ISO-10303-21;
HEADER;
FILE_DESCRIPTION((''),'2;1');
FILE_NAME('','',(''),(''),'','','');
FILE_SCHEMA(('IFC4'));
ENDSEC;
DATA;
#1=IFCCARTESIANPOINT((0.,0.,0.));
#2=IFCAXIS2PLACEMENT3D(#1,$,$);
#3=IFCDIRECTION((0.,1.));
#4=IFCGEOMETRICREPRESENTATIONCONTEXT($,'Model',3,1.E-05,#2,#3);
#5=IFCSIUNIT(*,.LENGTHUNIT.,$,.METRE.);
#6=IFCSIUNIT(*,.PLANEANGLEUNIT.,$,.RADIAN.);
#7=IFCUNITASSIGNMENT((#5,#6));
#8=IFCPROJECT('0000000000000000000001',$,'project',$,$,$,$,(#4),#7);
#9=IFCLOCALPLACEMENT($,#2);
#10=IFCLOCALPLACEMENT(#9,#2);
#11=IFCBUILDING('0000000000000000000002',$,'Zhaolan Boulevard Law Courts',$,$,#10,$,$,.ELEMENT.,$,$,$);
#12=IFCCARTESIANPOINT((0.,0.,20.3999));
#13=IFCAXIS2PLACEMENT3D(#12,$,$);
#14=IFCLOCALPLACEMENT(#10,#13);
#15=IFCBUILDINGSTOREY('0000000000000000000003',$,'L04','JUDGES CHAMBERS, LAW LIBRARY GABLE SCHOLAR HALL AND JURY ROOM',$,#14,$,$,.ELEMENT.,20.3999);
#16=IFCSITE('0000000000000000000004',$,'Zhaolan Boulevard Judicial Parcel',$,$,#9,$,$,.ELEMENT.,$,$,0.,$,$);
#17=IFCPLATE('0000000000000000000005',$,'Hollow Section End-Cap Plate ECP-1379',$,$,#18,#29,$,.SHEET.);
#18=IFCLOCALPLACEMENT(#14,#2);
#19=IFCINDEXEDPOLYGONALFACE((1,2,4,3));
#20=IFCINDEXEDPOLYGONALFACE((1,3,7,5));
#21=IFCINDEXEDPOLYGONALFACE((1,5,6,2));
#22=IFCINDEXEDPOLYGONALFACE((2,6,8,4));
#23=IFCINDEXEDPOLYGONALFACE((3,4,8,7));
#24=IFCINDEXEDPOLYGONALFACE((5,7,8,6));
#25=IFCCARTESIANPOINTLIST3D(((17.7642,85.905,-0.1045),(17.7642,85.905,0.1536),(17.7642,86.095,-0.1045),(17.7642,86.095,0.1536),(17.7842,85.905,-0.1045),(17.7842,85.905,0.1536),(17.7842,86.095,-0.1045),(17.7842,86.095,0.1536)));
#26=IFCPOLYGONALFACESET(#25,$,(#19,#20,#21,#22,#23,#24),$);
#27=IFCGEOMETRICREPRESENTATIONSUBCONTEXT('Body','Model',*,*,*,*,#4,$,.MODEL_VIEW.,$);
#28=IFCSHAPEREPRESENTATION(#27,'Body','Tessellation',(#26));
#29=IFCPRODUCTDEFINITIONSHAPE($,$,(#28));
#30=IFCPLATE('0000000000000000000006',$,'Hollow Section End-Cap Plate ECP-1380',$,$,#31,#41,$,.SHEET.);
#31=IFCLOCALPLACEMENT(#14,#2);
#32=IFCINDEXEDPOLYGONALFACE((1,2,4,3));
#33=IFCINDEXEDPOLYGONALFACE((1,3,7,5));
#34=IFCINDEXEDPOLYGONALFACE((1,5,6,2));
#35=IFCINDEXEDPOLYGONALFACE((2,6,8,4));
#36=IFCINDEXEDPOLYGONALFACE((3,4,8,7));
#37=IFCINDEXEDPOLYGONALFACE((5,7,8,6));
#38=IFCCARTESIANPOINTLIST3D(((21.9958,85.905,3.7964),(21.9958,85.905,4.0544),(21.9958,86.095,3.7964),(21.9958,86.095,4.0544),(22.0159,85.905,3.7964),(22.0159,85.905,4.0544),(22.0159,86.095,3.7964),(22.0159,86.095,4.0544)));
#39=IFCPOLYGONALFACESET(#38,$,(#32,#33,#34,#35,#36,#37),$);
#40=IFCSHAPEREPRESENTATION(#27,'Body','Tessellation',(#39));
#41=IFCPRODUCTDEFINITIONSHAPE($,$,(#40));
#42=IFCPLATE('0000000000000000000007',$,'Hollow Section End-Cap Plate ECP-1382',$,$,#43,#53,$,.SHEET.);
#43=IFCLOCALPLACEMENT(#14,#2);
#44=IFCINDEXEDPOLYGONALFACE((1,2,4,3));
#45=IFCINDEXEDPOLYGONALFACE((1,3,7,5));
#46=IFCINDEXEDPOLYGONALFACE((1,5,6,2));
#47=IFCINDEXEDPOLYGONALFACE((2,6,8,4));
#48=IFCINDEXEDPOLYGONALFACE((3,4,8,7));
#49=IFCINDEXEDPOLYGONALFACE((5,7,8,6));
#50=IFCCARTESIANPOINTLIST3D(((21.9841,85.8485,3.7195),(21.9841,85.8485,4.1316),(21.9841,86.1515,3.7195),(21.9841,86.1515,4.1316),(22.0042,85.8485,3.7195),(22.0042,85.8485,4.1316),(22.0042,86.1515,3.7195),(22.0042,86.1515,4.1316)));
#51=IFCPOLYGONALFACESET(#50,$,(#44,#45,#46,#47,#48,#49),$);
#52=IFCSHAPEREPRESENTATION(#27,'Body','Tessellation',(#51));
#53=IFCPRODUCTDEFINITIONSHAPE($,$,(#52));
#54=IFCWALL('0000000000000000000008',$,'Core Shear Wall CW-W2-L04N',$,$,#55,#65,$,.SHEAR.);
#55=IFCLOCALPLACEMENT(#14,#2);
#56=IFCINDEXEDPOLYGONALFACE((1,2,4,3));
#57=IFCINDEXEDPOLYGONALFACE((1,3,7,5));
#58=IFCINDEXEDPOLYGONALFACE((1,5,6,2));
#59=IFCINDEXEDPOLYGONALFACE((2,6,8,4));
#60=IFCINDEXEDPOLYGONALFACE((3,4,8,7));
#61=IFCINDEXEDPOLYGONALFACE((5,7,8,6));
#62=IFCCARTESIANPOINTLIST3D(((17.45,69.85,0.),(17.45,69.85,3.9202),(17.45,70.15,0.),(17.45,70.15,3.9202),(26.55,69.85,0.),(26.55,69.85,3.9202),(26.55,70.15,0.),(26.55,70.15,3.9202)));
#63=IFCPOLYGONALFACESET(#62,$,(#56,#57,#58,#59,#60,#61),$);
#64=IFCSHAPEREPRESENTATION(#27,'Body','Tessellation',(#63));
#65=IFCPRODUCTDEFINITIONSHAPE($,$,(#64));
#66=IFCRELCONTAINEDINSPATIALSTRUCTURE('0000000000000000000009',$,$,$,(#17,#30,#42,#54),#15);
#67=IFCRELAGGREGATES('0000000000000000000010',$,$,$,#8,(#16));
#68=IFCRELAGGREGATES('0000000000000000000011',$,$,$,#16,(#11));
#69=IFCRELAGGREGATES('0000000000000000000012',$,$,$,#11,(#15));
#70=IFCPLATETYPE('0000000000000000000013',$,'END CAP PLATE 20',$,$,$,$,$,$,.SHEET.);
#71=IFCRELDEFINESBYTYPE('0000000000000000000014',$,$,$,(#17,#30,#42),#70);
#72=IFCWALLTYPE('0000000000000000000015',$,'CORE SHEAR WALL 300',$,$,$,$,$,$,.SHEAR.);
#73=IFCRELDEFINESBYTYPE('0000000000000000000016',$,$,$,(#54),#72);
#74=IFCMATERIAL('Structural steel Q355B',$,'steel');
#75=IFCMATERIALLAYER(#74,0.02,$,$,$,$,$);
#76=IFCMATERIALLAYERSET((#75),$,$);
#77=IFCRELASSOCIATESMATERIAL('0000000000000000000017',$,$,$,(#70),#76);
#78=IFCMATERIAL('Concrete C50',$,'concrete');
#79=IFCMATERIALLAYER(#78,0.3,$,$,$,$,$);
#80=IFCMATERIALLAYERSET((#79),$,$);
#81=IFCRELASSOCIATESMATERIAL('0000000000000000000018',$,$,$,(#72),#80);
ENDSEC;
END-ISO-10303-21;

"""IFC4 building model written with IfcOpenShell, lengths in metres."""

from ifc_helpers import new_model, si_unit, direction, frame, frame_2d, origin, origin_2d, place, context, subcontext, project, spatial, rectangle, extrude, material, layer, layer_set, type_object, element, save


model = new_model("IFC4")

# Units and contexts
model_context = context("Model", 3, precision=1e-05, world=origin(), true_north=direction((0.0, 1.0)))
body_context = subcontext(model_context, "Body", "Model", "MODEL_VIEW")
ifc_project = project(units=[si_unit("LENGTHUNIT", "METRE"), si_unit("PLANEANGLEUNIT", "RADIAN")], contexts=[model_context])

# Site, building, storey
site_placement = place(None, origin())
site = spatial("IfcSite", under=ifc_project, at=site_placement, Name="Zhaolan Boulevard Judicial Parcel", CompositionType="ELEMENT", RefElevation=0.0)
building_placement = place(site_placement, origin())
building = spatial("IfcBuilding", under=site, at=building_placement, Name="Zhaolan Boulevard Law Courts", CompositionType="ELEMENT")
storey_placement = place(building_placement, frame((0.0, 0.0, 20.3999)))
storey = spatial("IfcBuildingStorey", under=building, at=storey_placement, Name="L04", Description="JUDGES CHAMBERS, LAW LIBRARY GABLE SCHOLAR HALL AND JURY ROOM", CompositionType="ELEMENT", Elevation=20.3999)

# Plates
ifc_material_1 = material(Name="Structural steel Q355B", Category="steel")
ifc_layer_1 = layer(ifc_material_1, 0.02)
ifc_layer_set_1 = layer_set([ifc_layer_1])
plate_type_1 = type_object("IfcPlateType", Name="END CAP PLATE 20", PredefinedType="SHEET", material=ifc_layer_set_1)
for number, where, z_axis, x_axis, name in (
    (1, (17.7742, 86.0, -0.1045), (0.0, 0.0, 1.0), (1.0, 0.0, 0.0), "Hollow Section End-Cap Plate ECP-1379"),
    (2, (22.0059, 86.0, 3.7964), (0.0, 0.0, 1.0), (1.0, 0.0, 0.0), "Hollow Section End-Cap Plate ECP-1380"),
):
    element("IfcPlate", number, at=place(storey_placement, frame(where, z_axis=z_axis, x_axis=x_axis)), inside=storey, type_object=plate_type_1, Name=name, PredefinedType="SHEET", context=body_context, shape_type="SweptSolid", body=[
        extrude(rectangle(XDim=0.02, YDim=0.1899, at=origin_2d()), origin(), (0.0, 0.0, 1.0), 0.2581),
    ])
plate_1_placement = place(storey_placement, frame((21.9941, 86.0, 3.7195), z_axis=(0.0, 0.0, 1.0), x_axis=(-1.0, 0.0, 0.0)))
element("IfcPlate", 3, at=plate_1_placement, inside=storey, type_object=plate_type_1, Name="Hollow Section End-Cap Plate ECP-1382", PredefinedType="SHEET", context=body_context, shape_type="SweptSolid", body=[
    extrude(rectangle(XDim=0.02, YDim=0.303, at=origin_2d()), origin(), (0.0, 0.0, 1.0), 0.4121),
])

# Wall
ifc_material_2 = material(Name="Concrete C50", Category="concrete")
ifc_layer_2 = layer(ifc_material_2, 0.3)
ifc_layer_set_2 = layer_set([ifc_layer_2])
wall_type = type_object("IfcWallType", Name="CORE SHEAR WALL 300", PredefinedType="SHEAR", material=ifc_layer_set_2)
wall_placement = place(storey_placement, frame((26.55, 70.0, 0.0), z_axis=(0.0, 0.0, 1.0), x_axis=(-1.0, 0.0, 0.0)))
element("IfcWall", 4, at=wall_placement, inside=storey, type_object=wall_type, Name="Core Shear Wall CW-W2-L04N", PredefinedType="SHEAR", context=body_context, shape_type="SweptSolid", body=[
    extrude(rectangle(XDim=9.1001, YDim=0.3, at=frame_2d((4.55, 0.0))), origin(), (0.0, 0.0, 1.0), 3.9202),
])

save(model, "model.ifc")
